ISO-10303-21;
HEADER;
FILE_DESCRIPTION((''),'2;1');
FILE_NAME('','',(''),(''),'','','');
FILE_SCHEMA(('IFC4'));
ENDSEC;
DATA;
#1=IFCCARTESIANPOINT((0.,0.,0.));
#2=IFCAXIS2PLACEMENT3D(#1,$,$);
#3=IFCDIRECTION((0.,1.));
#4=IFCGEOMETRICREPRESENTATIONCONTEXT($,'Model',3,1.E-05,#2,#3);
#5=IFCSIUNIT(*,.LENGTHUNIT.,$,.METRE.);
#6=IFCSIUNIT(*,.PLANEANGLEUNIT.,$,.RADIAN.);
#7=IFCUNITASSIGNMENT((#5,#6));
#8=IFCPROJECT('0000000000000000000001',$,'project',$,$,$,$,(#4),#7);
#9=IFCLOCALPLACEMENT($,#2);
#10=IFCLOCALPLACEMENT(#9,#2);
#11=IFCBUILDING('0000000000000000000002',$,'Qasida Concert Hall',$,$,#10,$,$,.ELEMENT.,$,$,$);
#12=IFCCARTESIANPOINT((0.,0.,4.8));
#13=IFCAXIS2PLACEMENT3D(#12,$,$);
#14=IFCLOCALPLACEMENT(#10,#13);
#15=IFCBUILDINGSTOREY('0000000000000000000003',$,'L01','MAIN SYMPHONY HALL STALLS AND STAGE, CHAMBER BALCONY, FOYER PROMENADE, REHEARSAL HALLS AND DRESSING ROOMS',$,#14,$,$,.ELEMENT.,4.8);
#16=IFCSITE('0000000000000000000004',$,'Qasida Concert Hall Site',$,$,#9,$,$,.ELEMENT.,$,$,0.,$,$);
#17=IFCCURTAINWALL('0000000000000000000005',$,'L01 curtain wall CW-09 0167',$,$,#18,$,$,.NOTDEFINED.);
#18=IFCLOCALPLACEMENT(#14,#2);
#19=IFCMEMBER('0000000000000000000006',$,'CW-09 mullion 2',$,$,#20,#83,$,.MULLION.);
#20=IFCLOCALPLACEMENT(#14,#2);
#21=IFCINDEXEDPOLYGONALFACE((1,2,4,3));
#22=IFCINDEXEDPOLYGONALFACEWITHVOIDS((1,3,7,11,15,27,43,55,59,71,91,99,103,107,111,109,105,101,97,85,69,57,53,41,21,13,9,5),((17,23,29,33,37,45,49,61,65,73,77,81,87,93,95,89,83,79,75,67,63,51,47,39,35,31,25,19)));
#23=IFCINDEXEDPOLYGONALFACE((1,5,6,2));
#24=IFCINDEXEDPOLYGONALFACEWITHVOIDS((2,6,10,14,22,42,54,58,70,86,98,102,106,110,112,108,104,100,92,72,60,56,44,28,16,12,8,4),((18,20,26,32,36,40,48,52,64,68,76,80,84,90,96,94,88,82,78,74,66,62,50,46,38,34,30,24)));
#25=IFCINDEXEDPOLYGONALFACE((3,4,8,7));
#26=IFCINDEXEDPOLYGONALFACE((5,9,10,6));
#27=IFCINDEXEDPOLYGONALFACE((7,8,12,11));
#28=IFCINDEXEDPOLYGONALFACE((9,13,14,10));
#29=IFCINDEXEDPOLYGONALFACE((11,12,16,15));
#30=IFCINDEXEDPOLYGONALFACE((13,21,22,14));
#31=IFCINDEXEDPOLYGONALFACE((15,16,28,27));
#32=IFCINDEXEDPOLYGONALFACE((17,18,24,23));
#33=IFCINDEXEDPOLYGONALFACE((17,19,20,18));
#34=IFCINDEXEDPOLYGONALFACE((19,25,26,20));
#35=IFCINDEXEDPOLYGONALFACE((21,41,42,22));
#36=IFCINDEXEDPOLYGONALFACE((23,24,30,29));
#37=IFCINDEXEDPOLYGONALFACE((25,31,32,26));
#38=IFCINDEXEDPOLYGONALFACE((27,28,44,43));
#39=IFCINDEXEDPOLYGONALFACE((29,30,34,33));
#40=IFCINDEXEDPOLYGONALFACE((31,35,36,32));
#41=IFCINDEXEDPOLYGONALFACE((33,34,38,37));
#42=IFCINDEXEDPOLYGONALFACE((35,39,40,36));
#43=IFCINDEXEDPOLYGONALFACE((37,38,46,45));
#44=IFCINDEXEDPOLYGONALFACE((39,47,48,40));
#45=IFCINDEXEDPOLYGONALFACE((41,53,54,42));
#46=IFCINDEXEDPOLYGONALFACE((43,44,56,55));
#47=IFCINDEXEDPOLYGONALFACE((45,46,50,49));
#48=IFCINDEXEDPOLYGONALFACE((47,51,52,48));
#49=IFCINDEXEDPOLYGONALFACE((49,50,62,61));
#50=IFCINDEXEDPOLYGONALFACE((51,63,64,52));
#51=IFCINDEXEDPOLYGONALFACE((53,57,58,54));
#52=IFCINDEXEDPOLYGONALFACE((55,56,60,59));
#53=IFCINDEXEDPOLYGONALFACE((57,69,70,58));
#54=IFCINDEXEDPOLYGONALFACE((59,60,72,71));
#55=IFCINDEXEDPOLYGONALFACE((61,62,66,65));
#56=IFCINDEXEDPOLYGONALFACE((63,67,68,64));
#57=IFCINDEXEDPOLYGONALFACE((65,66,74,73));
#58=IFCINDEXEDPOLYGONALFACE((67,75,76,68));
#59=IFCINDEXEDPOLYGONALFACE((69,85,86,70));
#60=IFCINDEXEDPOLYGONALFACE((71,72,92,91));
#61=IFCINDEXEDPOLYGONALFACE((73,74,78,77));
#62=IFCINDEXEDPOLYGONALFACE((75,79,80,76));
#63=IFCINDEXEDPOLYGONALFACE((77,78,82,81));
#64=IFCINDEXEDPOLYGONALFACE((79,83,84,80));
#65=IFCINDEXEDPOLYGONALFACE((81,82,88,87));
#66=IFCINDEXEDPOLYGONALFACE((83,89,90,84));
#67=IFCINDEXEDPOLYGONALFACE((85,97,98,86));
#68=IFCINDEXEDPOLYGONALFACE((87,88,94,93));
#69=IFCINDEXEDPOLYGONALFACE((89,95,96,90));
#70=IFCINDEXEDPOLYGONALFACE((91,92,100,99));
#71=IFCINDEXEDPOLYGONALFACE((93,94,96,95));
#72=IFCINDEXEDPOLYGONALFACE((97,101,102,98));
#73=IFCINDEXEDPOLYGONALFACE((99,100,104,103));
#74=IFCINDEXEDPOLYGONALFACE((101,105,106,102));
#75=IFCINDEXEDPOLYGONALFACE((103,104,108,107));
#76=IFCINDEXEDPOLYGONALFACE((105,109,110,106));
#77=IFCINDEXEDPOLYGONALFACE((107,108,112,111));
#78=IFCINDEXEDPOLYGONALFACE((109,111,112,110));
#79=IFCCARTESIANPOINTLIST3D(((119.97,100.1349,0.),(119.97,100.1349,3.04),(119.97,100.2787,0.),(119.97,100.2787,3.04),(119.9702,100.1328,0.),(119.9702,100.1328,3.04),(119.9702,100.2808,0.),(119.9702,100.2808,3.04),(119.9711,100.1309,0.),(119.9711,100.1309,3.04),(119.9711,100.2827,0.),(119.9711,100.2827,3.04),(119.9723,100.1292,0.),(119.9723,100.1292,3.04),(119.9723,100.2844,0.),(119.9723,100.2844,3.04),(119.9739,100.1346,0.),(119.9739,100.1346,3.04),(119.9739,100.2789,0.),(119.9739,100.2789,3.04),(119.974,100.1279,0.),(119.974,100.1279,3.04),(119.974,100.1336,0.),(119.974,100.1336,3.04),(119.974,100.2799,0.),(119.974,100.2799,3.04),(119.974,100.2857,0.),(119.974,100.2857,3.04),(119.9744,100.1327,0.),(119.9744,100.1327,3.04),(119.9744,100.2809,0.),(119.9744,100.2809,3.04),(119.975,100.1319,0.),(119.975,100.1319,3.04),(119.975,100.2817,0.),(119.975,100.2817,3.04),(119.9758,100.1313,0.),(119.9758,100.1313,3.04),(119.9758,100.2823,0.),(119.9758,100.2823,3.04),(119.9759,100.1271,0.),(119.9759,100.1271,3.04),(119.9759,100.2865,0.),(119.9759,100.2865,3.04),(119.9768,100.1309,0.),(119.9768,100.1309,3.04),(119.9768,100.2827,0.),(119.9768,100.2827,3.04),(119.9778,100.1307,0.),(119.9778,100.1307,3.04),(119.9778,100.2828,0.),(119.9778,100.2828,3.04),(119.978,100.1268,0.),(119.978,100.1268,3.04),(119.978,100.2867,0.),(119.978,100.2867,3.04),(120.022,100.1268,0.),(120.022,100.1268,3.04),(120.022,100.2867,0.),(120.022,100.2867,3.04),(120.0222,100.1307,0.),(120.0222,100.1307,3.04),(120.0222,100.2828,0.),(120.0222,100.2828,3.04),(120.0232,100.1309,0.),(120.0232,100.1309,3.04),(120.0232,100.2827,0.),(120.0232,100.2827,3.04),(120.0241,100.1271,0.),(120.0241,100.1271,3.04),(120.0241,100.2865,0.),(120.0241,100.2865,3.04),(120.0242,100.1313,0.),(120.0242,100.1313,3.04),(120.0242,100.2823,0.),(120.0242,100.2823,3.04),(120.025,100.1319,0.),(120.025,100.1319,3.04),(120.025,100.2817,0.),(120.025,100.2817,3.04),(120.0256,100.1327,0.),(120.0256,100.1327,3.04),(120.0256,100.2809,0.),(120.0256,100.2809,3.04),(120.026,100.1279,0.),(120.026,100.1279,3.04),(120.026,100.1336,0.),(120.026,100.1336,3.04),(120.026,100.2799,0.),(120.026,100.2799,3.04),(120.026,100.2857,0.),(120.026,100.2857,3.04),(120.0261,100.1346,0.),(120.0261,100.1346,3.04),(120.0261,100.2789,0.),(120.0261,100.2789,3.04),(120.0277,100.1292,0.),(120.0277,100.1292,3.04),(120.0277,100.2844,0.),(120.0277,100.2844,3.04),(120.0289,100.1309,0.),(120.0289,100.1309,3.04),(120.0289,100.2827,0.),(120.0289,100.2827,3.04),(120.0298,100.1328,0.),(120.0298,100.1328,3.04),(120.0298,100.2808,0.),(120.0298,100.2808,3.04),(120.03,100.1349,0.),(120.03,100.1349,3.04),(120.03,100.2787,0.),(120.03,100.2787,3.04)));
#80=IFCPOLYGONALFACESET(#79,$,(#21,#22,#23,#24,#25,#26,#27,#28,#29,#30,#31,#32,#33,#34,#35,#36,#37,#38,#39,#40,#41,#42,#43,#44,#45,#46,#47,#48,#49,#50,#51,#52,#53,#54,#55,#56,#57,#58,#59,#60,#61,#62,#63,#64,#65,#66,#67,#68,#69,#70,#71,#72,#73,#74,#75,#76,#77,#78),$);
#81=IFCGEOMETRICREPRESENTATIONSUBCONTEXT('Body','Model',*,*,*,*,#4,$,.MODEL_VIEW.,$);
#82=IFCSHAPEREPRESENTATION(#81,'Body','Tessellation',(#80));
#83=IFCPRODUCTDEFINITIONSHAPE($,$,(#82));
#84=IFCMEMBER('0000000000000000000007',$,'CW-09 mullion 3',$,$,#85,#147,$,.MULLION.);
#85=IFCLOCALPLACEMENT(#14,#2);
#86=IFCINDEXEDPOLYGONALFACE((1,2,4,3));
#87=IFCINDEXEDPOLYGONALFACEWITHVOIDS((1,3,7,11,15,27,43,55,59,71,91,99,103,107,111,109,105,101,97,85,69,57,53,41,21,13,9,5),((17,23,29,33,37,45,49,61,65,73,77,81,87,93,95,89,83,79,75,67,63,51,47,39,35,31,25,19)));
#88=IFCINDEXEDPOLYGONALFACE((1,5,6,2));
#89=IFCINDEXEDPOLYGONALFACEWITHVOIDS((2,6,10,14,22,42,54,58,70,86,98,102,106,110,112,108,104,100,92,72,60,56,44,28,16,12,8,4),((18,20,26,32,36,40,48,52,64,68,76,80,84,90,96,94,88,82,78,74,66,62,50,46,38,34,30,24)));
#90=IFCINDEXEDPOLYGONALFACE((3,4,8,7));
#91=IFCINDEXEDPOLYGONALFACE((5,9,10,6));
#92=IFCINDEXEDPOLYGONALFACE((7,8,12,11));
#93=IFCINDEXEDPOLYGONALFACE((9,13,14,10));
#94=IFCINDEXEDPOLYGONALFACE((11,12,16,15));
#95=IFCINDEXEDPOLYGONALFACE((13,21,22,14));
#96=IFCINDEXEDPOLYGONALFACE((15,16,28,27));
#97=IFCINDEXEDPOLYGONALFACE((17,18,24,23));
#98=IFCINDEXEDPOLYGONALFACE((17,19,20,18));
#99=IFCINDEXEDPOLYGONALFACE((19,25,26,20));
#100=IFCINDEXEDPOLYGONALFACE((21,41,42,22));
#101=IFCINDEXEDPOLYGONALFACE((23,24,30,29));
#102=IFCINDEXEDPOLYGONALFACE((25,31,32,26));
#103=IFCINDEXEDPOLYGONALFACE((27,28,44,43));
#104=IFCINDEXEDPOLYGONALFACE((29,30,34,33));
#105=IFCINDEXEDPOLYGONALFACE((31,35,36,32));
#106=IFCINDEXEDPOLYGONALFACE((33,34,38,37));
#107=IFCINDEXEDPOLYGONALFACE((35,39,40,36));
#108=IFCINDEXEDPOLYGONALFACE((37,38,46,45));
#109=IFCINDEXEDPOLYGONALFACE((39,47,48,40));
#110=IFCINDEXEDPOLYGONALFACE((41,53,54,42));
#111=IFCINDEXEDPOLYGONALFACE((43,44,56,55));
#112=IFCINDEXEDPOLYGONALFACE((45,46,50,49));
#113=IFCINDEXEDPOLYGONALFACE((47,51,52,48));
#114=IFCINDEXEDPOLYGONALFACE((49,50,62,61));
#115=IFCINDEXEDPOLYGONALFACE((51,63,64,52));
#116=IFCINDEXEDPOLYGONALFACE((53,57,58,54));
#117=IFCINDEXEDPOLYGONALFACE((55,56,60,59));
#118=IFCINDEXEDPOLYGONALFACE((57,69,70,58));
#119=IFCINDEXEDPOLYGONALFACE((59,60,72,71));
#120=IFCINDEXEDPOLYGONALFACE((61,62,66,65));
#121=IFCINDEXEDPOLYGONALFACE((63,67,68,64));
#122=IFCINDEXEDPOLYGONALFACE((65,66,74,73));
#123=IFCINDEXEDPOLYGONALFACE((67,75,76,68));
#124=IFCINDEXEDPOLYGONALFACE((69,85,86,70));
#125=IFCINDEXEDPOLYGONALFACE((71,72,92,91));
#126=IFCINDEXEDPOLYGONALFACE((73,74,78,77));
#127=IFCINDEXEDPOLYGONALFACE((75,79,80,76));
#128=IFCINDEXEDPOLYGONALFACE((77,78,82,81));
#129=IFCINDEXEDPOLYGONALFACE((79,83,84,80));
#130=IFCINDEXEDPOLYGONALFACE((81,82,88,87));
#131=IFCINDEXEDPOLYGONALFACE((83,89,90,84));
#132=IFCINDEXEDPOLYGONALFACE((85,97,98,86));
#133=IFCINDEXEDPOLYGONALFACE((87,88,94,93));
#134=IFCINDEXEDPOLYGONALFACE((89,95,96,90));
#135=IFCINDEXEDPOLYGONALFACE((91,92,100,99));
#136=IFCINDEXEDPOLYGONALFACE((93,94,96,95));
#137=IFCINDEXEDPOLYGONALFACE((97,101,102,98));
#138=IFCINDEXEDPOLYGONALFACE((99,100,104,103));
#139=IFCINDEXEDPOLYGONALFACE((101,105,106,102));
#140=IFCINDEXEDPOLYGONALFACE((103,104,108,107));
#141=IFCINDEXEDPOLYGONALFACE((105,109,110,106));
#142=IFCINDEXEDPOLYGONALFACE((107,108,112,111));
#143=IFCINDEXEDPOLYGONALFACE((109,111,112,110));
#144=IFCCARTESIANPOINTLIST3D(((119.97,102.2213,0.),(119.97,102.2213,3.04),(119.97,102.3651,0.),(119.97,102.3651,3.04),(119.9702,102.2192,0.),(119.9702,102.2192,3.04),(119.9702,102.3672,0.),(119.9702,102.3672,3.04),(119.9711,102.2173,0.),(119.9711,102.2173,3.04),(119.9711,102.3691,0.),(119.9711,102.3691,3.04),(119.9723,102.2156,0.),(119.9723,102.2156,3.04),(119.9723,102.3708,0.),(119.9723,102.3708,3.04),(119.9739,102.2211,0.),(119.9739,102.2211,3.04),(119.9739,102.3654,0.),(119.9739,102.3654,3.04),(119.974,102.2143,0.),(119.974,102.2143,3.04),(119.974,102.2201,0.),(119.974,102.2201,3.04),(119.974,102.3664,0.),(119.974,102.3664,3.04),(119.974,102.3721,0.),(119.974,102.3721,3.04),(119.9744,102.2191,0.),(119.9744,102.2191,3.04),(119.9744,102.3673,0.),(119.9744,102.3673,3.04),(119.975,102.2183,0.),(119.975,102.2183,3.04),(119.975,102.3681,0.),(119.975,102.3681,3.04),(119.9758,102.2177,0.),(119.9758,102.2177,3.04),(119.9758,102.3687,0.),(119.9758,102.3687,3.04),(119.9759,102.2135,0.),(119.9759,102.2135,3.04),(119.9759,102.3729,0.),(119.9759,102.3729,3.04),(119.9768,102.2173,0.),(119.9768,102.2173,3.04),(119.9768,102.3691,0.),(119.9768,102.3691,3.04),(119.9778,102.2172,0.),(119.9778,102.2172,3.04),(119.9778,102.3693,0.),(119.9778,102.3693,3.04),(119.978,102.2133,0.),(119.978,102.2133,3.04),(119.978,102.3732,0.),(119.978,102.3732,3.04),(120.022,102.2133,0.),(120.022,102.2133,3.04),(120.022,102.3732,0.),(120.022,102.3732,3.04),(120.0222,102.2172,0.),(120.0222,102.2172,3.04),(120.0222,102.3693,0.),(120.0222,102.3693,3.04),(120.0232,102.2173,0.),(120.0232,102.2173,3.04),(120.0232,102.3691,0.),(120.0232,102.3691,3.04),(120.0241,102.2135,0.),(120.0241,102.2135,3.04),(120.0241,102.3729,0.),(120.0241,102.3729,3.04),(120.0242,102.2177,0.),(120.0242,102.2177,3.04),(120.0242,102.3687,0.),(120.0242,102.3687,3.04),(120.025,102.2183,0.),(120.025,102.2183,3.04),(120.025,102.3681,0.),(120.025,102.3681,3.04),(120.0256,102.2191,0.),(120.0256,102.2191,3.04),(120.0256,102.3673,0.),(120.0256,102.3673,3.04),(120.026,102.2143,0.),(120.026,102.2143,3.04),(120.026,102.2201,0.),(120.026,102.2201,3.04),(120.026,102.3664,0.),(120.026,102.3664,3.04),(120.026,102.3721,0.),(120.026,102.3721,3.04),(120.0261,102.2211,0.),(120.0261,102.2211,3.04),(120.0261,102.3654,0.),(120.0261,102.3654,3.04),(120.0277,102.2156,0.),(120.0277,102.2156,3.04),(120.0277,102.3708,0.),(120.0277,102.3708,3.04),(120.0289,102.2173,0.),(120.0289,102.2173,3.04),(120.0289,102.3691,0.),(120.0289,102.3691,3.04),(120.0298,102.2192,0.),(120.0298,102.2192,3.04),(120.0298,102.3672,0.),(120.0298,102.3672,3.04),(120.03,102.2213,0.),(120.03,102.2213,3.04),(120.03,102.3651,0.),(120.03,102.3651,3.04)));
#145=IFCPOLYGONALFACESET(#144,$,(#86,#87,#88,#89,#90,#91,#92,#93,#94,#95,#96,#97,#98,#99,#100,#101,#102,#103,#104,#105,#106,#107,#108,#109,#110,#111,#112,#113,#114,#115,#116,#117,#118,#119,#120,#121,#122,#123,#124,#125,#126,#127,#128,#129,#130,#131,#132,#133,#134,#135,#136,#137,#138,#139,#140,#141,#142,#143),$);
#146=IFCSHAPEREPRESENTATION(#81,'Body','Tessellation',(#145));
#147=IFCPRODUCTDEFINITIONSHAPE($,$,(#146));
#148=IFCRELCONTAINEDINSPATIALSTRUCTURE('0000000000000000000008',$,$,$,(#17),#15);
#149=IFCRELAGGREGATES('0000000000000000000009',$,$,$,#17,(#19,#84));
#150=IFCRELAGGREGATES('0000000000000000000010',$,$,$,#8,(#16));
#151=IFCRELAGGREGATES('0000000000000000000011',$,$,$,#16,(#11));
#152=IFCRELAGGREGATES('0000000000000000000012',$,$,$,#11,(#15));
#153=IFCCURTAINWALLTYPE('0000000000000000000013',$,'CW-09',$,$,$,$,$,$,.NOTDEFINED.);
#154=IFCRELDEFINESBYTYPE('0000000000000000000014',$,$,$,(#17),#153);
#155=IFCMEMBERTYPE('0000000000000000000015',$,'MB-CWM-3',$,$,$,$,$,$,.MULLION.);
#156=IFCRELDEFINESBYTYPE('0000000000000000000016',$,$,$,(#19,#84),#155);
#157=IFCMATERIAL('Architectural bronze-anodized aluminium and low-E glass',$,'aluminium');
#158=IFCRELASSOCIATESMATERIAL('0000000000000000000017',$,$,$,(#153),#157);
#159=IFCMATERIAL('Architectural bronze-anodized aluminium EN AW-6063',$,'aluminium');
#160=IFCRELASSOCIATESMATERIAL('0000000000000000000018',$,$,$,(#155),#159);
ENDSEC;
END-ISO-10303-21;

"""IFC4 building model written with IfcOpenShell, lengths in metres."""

from ifc_helpers import new_model, si_unit, direction, frame, origin, origin_2d, place, context, subcontext, project, spatial, hollow_rectangle, extrude, material, material_profile, profile_set, type_object, element, aggregate, save


model = new_model("IFC4")

# Units and contexts
model_context = context("Model", 3, precision=1e-05, world=origin(), true_north=direction((0.0, 1.0)))
body_context = subcontext(model_context, "Body", "Model", "MODEL_VIEW")
ifc_project = project(units=[si_unit("LENGTHUNIT", "METRE"), si_unit("PLANEANGLEUNIT", "RADIAN")], contexts=[model_context])

# Site, building, storey
site_placement = place(None, origin())
site = spatial("IfcSite", under=ifc_project, at=site_placement, Name="Qasida Concert Hall Site", CompositionType="ELEMENT", RefElevation=0.0)
building_placement = place(site_placement, origin())
building = spatial("IfcBuilding", under=site, at=building_placement, Name="Qasida Concert Hall", CompositionType="ELEMENT")
storey_placement = place(building_placement, frame((0.0, 0.0, 4.8)))
storey = spatial("IfcBuildingStorey", under=building, at=storey_placement, Name="L01", Description="MAIN SYMPHONY HALL STALLS AND STAGE, CHAMBER BALCONY, FOYER PROMENADE, REHEARSAL HALLS AND DRESSING ROOMS", CompositionType="ELEMENT", Elevation=4.8)

# Shared definitions
ifc_material_1 = material(Name="Architectural bronze-anodized aluminium and low-E glass", Category="aluminium")
ifc_material_2 = material(Name="Architectural bronze-anodized aluminium EN AW-6063", Category="aluminium")

# Curtain wall, members
curtain_wall_type_1 = type_object("IfcCurtainWallType", Name="CW-09", PredefinedType="NOTDEFINED", material=ifc_material_1)
curtain_wall_1_placement = place(storey_placement, origin())
curtain_wall_1 = element("IfcCurtainWall", 1, at=curtain_wall_1_placement, inside=storey, type_object=curtain_wall_type_1, Name="L01 curtain wall CW-09 0167", PredefinedType="NOTDEFINED")
ifc_material_profile_1 = material_profile(ifc_material_2, hollow_rectangle(XDim=0.0601, YDim=0.1599, WallThickness=0.0039, InnerFilletRadius=0.0039, OuterFilletRadius=0.0081, at=origin_2d()), Name="CWM 160x60x4")
ifc_profile_set_1 = profile_set([ifc_material_profile_1], Name="Architectural bronze-anodized aluminium EN AW-6063")
member_type_1 = type_object("IfcMemberType", Name="MB-CWM-3", PredefinedType="MULLION", material=ifc_profile_set_1)
member_1_placement = place(storey_placement, frame((120.0, 100.2068, 0.0), z_axis=(0.0, 0.0, 1.0), x_axis=(-1.0, 0.0, 0.0)))
member_1 = element("IfcMember", 2, at=member_1_placement, type_object=member_type_1, Name="CW-09 mullion 2", PredefinedType="MULLION", context=body_context, shape_type="SweptSolid", body=[
    extrude(hollow_rectangle(XDim=0.0601, YDim=0.1599, WallThickness=0.0039, InnerFilletRadius=0.0039, OuterFilletRadius=0.0081, at=origin_2d()), origin(), (0.0, 0.0, 1.0), 3.04),
])
member_2_placement = place(storey_placement, frame((120.0, 102.2932, 0.0), z_axis=(0.0, 0.0, 1.0), x_axis=(-1.0, 0.0, 0.0)))
member_2 = element("IfcMember", 3, at=member_2_placement, type_object=member_type_1, Name="CW-09 mullion 3", PredefinedType="MULLION", context=body_context, shape_type="SweptSolid", body=[
    extrude(hollow_rectangle(XDim=0.0601, YDim=0.1599, WallThickness=0.0039, InnerFilletRadius=0.0039, OuterFilletRadius=0.0081, at=origin_2d()), origin(), (0.0, 0.0, 1.0), 3.04),
])

aggregate(curtain_wall_1, [member_1, member_2])

save(model, "model.ifc")
